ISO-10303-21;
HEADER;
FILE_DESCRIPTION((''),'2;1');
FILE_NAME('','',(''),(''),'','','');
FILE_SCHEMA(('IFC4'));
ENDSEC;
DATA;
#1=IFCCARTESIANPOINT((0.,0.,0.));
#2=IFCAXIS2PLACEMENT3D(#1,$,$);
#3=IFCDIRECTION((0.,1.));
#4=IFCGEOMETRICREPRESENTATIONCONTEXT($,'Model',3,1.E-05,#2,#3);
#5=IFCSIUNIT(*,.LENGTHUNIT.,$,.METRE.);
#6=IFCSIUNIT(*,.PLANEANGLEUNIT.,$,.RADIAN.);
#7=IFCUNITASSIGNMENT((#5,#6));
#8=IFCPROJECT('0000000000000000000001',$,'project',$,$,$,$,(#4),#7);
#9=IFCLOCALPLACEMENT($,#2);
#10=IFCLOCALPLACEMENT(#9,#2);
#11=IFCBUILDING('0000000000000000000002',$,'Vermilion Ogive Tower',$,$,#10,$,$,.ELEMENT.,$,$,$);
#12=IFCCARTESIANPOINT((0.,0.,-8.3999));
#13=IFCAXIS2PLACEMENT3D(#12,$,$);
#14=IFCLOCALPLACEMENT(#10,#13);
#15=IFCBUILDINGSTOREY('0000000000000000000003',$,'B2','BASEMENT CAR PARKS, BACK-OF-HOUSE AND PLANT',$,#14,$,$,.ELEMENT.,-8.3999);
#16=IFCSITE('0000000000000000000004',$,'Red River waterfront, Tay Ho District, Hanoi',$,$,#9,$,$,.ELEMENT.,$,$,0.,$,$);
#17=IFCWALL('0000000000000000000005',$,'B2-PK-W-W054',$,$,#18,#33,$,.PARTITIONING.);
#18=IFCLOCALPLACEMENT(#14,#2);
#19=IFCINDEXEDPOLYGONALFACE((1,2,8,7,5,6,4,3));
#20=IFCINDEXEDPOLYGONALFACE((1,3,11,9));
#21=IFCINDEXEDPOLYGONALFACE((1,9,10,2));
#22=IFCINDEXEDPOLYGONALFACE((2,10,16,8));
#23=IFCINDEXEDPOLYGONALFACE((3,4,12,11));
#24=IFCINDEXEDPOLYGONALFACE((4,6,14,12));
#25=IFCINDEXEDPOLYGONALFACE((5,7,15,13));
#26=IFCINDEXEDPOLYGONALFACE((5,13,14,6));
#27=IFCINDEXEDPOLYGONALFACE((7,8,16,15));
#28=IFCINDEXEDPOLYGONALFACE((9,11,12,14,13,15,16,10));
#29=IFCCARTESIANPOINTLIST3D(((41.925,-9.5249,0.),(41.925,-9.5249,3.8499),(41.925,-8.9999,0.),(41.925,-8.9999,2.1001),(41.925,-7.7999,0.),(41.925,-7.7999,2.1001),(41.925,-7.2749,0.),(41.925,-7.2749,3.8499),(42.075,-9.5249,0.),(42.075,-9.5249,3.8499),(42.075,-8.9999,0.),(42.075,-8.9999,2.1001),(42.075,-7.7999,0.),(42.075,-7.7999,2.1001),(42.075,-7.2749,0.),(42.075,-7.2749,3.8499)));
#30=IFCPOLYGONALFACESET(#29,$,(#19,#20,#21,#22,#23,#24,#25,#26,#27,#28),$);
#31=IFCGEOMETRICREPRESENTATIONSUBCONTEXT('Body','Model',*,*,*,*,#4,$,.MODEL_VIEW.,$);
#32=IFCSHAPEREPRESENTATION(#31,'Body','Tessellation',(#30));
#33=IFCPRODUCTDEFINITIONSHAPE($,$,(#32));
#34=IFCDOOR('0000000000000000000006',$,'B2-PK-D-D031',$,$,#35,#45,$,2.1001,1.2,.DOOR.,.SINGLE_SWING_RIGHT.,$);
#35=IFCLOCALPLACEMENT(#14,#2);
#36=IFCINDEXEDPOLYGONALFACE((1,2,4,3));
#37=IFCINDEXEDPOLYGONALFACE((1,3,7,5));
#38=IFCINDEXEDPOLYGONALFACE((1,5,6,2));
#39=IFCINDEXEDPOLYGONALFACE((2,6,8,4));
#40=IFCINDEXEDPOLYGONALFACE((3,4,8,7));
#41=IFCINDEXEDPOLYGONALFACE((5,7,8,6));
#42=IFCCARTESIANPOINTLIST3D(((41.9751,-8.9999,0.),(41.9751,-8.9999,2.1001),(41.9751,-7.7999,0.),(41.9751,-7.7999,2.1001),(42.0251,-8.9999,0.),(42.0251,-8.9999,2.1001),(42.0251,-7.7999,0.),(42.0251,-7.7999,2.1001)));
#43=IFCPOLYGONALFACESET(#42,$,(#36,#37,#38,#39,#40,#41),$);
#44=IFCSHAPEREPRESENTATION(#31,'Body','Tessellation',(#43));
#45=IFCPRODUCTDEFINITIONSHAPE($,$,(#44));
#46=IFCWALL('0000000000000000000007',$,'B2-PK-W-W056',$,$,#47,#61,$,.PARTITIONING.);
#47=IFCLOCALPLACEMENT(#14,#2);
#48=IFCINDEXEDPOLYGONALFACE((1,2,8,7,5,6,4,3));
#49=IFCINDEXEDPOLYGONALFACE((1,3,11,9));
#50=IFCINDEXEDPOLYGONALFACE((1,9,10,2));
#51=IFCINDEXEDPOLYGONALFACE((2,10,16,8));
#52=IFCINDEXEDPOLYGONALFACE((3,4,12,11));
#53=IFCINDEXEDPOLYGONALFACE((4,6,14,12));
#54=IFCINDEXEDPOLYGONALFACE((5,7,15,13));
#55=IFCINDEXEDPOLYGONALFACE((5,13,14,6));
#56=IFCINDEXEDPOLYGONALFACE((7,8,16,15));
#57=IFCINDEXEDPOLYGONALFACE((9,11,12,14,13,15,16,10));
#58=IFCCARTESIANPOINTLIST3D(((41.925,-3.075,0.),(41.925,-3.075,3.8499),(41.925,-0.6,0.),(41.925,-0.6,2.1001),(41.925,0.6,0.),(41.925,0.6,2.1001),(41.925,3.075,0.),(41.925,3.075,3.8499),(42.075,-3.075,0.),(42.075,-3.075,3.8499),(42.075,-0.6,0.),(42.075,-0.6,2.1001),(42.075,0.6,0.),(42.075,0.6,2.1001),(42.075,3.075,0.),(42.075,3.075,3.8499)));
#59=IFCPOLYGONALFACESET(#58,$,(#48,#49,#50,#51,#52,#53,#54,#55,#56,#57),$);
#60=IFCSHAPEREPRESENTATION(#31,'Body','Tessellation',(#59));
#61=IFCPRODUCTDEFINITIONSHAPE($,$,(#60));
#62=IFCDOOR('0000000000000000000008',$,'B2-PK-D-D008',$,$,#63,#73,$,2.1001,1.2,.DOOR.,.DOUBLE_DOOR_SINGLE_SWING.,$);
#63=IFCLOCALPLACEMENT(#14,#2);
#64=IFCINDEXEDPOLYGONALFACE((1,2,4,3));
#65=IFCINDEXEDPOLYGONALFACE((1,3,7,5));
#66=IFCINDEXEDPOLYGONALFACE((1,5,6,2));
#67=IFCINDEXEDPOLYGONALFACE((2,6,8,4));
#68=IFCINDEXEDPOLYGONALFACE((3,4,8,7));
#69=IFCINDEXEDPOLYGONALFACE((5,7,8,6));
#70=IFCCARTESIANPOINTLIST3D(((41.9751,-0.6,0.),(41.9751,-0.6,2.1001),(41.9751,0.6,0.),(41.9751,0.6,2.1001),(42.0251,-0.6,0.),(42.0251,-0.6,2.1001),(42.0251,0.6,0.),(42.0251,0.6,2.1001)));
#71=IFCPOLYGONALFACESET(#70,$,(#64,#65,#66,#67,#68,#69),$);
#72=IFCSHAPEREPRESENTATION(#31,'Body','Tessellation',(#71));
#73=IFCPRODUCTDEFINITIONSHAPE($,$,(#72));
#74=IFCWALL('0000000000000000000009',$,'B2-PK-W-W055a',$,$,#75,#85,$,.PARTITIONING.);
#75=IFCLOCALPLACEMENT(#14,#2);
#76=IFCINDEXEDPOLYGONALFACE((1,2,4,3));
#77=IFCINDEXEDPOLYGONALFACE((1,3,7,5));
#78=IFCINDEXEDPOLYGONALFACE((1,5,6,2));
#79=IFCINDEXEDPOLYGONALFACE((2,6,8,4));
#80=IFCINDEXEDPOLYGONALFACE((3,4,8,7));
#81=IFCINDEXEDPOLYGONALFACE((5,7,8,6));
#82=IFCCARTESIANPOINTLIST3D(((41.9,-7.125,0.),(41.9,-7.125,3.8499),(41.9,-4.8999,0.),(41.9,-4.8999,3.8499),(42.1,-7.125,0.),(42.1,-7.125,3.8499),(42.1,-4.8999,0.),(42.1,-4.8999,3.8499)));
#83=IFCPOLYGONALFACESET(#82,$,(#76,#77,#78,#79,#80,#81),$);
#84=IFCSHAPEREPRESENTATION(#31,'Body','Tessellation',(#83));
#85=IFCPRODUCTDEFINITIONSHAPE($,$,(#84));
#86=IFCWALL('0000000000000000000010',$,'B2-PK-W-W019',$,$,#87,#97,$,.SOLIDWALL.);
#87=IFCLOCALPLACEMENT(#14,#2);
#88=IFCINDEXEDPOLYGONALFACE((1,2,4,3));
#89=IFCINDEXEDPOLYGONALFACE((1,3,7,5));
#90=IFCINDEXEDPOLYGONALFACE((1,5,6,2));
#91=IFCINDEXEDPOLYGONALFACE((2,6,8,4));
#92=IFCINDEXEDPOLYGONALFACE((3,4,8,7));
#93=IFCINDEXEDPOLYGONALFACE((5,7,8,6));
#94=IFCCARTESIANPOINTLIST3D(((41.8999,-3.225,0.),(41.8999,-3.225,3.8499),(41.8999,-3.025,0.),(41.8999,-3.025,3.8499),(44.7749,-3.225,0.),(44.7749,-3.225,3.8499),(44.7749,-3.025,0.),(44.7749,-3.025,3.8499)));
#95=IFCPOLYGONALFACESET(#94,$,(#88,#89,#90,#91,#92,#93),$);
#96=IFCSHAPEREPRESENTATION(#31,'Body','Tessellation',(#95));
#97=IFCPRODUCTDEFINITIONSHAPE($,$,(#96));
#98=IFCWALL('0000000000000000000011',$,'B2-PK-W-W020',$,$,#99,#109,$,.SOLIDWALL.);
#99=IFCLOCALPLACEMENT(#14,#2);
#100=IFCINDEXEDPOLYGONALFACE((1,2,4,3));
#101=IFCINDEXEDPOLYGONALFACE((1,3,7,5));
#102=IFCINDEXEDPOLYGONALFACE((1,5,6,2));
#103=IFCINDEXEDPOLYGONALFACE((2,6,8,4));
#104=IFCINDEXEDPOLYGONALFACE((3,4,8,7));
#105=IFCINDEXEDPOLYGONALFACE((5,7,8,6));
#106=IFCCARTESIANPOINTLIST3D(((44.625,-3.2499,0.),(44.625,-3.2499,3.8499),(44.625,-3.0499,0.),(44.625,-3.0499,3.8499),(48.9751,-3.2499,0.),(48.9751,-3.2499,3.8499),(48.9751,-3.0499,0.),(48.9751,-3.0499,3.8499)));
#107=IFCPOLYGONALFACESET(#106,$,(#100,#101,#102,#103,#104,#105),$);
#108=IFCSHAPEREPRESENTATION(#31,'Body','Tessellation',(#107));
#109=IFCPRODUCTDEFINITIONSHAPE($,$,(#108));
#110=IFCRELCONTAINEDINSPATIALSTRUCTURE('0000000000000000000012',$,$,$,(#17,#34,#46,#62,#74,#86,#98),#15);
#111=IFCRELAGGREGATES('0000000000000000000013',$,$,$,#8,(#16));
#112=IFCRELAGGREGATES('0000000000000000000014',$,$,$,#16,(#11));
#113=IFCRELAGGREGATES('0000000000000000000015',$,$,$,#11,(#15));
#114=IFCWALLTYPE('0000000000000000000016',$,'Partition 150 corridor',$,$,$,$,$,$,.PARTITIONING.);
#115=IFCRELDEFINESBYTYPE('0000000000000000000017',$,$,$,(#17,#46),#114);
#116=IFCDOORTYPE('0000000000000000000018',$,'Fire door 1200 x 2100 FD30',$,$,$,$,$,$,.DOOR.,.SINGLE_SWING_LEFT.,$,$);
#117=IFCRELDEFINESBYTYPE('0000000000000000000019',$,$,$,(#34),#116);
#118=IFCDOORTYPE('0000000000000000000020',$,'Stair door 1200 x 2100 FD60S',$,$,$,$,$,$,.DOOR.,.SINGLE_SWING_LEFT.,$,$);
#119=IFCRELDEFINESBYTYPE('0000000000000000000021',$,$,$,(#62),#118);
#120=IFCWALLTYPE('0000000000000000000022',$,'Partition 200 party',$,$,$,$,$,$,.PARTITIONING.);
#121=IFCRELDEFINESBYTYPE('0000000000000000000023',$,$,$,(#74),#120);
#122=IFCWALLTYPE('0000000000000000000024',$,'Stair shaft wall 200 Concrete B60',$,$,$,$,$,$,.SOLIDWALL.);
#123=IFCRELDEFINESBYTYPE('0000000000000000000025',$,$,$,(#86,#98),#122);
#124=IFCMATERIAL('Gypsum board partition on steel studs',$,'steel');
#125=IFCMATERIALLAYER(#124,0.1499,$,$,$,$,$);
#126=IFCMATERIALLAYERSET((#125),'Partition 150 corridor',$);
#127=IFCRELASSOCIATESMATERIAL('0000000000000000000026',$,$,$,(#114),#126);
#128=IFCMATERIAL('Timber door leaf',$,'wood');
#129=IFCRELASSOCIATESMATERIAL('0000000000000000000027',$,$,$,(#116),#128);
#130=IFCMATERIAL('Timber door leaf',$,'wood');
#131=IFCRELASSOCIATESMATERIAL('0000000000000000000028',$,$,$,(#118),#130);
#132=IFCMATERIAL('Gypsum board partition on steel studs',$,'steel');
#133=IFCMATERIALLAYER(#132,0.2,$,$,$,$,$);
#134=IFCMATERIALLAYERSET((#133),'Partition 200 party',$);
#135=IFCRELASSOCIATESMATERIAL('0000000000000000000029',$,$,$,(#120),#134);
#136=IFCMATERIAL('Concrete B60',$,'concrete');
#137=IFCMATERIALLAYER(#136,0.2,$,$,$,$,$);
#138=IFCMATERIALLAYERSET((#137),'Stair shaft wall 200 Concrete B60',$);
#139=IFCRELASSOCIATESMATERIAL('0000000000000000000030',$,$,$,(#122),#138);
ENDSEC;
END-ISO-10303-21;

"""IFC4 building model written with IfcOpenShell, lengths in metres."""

from ifc_helpers import new_model, si_unit, direction, frame, frame_2d, origin, place, context, subcontext, project, spatial, rectangle, extrude, material, layer, layer_set, type_object, element, fill, save


model = new_model("IFC4")

# Units and contexts
model_context = context("Model", 3, precision=1e-05, world=origin(), true_north=direction((0.0, 1.0)))
body_context = subcontext(model_context, "Body", "Model", "MODEL_VIEW")
ifc_project = project(units=[si_unit("LENGTHUNIT", "METRE"), si_unit("PLANEANGLEUNIT", "RADIAN")], contexts=[model_context])

# Site, building, storey
site_placement = place(None, origin())
site = spatial("IfcSite", under=ifc_project, at=site_placement, Name="Red River waterfront, Tay Ho District, Hanoi", CompositionType="ELEMENT", RefElevation=0.0)
building_placement = place(site_placement, origin())
building = spatial("IfcBuilding", under=site, at=building_placement, Name="Vermilion Ogive Tower", CompositionType="ELEMENT")
storey_placement = place(building_placement, frame((0.0, 0.0, -8.3999)))
storey = spatial("IfcBuildingStorey", under=building, at=storey_placement, Name="B2", Description="BASEMENT CAR PARKS, BACK-OF-HOUSE AND PLANT", CompositionType="ELEMENT", Elevation=-8.3999)

# Shared definitions
ifc_material_1 = material(Name="Gypsum board partition on steel studs", Category="steel")
ifc_layer_1 = layer(ifc_material_1, 0.1499)
ifc_layer_set_1 = layer_set([ifc_layer_1], Name="Partition 150 corridor")
wall_type_1 = type_object("IfcWallType", Name="Partition 150 corridor", PredefinedType="PARTITIONING", material=ifc_layer_set_1)

# Walls, openings, doors
wall_1_placement = place(storey_placement, frame((42.0, -9.5249, 0.0), z_axis=(0.0, 0.0, 1.0), x_axis=(0.0, 1.0, 0.0)))
wall_1 = element("IfcWall", 1, at=wall_1_placement, inside=storey, type_object=wall_type_1, Name="B2-PK-W-W054", PredefinedType="PARTITIONING", context=body_context, shape_type="SweptSolid", body=[
    extrude(rectangle(XDim=2.25, YDim=0.1499, at=frame_2d((1.125, 0.0))), origin(), (0.0, 0.0, 1.0), 3.8499),
])
opening_1_placement = place(wall_1_placement, frame((0.5249, 0.0, 0.0)))
opening_1 = element("IfcOpeningElement", 2, at=opening_1_placement, cuts=wall_1, PredefinedType="OPENING", context=body_context, shape_type="SweptSolid", body=[
    extrude(rectangle(XDim=1.2, YDim=2.1001, at=frame_2d((0.6001, 1.05))), frame((0.0, 0.085, 0.0), z_axis=(0.0, -1.0, 0.0), x_axis=(1.0, 0.0, 0.0)), (0.0, 0.0, 1.0), 0.1699),
])
ifc_material_2 = material(Name="Timber door leaf", Category="wood")
door_type_1 = type_object("IfcDoorType", Name="Fire door 1200 x 2100 FD30", OperationType="SINGLE_SWING_LEFT", PredefinedType="DOOR", material=ifc_material_2)
door_1_placement = place(opening_1_placement, origin())
door_1 = element("IfcDoor", 3, at=door_1_placement, inside=storey, type_object=door_type_1, Name="B2-PK-D-D031", OperationType="SINGLE_SWING_RIGHT", OverallHeight=2.1001, OverallWidth=1.2, PredefinedType="DOOR", context=body_context, shape_type="SweptSolid", body=[
    extrude(rectangle(XDim=1.2, YDim=2.1001, at=frame_2d((0.6001, 1.05))), frame((0.0, 0.0249, 0.0), z_axis=(0.0, -1.0, 0.0), x_axis=(1.0, 0.0, 0.0)), (0.0, 0.0, 1.0), 0.05),
])
fill(opening_1, door_1)
wall_2_placement = place(storey_placement, frame((42.0, -3.075, 0.0), z_axis=(0.0, 0.0, 1.0), x_axis=(0.0, 1.0, 0.0)))
wall_2 = element("IfcWall", 4, at=wall_2_placement, inside=storey, type_object=wall_type_1, Name="B2-PK-W-W056", PredefinedType="PARTITIONING", context=body_context, shape_type="SweptSolid", body=[
    extrude(rectangle(XDim=6.1499, YDim=0.1499, at=frame_2d((3.075, 0.0))), origin(), (0.0, 0.0, 1.0), 3.8499),
])
opening_2_placement = place(wall_2_placement, frame((2.4749, 0.0, 0.0)))
opening_2 = element("IfcOpeningElement", 5, at=opening_2_placement, cuts=wall_2, PredefinedType="OPENING", context=body_context, shape_type="SweptSolid", body=[
    extrude(rectangle(XDim=1.2, YDim=2.1001, at=frame_2d((0.6001, 1.05))), frame((0.0, 0.085, 0.0), z_axis=(0.0, -1.0, 0.0), x_axis=(1.0, 0.0, 0.0)), (0.0, 0.0, 1.0), 0.1699),
])
ifc_material_3 = material(Name="Timber door leaf", Category="wood")
door_type_2 = type_object("IfcDoorType", Name="Stair door 1200 x 2100 FD60S", OperationType="SINGLE_SWING_LEFT", PredefinedType="DOOR", material=ifc_material_3)
door_2_placement = place(opening_2_placement, origin())
door_2 = element("IfcDoor", 6, at=door_2_placement, inside=storey, type_object=door_type_2, Name="B2-PK-D-D008", OperationType="DOUBLE_DOOR_SINGLE_SWING", OverallHeight=2.1001, OverallWidth=1.2, PredefinedType="DOOR", context=body_context, shape_type="SweptSolid", body=[
    extrude(rectangle(XDim=1.2, YDim=2.1001, at=frame_2d((0.6001, 1.05))), frame((0.0, 0.0249, 0.0), z_axis=(0.0, -1.0, 0.0), x_axis=(1.0, 0.0, 0.0)), (0.0, 0.0, 1.0), 0.05),
])
fill(opening_2, door_2)

# Walls
ifc_material_4 = material(Name="Gypsum board partition on steel studs", Category="steel")
ifc_layer_2 = layer(ifc_material_4, 0.2)
ifc_layer_set_2 = layer_set([ifc_layer_2], Name="Partition 200 party")
wall_type_2 = type_object("IfcWallType", Name="Partition 200 party", PredefinedType="PARTITIONING", material=ifc_layer_set_2)
wall_3_placement = place(storey_placement, frame((42.0, -7.125, 0.0), z_axis=(0.0, 0.0, 1.0), x_axis=(0.0, 1.0, 0.0)))
element("IfcWall", 7, at=wall_3_placement, inside=storey, type_object=wall_type_2, Name="B2-PK-W-W055a", PredefinedType="PARTITIONING", context=body_context, shape_type="SweptSolid", body=[
    extrude(rectangle(XDim=2.2251, YDim=0.2, at=frame_2d((1.1125, 0.0))), origin(), (0.0, 0.0, 1.0), 3.8499),
])
ifc_material_5 = material(Name="Concrete B60", Category="concrete")
ifc_layer_3 = layer(ifc_material_5, 0.2)
ifc_layer_set_3 = layer_set([ifc_layer_3], Name="Stair shaft wall 200 Concrete B60")
wall_type_3 = type_object("IfcWallType", Name="Stair shaft wall 200 Concrete B60", PredefinedType="SOLIDWALL", material=ifc_layer_set_3)
wall_4_placement = place(storey_placement, frame((41.8999, -3.125, 0.0), z_axis=(0.0, 0.0, 1.0), x_axis=(1.0, 0.0, 0.0)))
element("IfcWall", 8, at=wall_4_placement, inside=storey, type_object=wall_type_3, Name="B2-PK-W-W019", PredefinedType="SOLIDWALL", context=body_context, shape_type="SweptSolid", body=[
    extrude(rectangle(XDim=2.875, YDim=0.2, at=frame_2d((1.4375, 0.0))), origin(), (0.0, 0.0, 1.0), 3.8499),
])
wall_5_placement = place(storey_placement, frame((44.625, -3.1499, 0.0), z_axis=(0.0, 0.0, 1.0), x_axis=(1.0, 0.0, 0.0)))
element("IfcWall", 9, at=wall_5_placement, inside=storey, type_object=wall_type_3, Name="B2-PK-W-W020", PredefinedType="SOLIDWALL", context=body_context, shape_type="SweptSolid", body=[
    extrude(rectangle(XDim=4.3501, YDim=0.2, at=frame_2d((2.175, 0.0))), origin(), (0.0, 0.0, 1.0), 3.8499),
])

save(model, "model.ifc")
